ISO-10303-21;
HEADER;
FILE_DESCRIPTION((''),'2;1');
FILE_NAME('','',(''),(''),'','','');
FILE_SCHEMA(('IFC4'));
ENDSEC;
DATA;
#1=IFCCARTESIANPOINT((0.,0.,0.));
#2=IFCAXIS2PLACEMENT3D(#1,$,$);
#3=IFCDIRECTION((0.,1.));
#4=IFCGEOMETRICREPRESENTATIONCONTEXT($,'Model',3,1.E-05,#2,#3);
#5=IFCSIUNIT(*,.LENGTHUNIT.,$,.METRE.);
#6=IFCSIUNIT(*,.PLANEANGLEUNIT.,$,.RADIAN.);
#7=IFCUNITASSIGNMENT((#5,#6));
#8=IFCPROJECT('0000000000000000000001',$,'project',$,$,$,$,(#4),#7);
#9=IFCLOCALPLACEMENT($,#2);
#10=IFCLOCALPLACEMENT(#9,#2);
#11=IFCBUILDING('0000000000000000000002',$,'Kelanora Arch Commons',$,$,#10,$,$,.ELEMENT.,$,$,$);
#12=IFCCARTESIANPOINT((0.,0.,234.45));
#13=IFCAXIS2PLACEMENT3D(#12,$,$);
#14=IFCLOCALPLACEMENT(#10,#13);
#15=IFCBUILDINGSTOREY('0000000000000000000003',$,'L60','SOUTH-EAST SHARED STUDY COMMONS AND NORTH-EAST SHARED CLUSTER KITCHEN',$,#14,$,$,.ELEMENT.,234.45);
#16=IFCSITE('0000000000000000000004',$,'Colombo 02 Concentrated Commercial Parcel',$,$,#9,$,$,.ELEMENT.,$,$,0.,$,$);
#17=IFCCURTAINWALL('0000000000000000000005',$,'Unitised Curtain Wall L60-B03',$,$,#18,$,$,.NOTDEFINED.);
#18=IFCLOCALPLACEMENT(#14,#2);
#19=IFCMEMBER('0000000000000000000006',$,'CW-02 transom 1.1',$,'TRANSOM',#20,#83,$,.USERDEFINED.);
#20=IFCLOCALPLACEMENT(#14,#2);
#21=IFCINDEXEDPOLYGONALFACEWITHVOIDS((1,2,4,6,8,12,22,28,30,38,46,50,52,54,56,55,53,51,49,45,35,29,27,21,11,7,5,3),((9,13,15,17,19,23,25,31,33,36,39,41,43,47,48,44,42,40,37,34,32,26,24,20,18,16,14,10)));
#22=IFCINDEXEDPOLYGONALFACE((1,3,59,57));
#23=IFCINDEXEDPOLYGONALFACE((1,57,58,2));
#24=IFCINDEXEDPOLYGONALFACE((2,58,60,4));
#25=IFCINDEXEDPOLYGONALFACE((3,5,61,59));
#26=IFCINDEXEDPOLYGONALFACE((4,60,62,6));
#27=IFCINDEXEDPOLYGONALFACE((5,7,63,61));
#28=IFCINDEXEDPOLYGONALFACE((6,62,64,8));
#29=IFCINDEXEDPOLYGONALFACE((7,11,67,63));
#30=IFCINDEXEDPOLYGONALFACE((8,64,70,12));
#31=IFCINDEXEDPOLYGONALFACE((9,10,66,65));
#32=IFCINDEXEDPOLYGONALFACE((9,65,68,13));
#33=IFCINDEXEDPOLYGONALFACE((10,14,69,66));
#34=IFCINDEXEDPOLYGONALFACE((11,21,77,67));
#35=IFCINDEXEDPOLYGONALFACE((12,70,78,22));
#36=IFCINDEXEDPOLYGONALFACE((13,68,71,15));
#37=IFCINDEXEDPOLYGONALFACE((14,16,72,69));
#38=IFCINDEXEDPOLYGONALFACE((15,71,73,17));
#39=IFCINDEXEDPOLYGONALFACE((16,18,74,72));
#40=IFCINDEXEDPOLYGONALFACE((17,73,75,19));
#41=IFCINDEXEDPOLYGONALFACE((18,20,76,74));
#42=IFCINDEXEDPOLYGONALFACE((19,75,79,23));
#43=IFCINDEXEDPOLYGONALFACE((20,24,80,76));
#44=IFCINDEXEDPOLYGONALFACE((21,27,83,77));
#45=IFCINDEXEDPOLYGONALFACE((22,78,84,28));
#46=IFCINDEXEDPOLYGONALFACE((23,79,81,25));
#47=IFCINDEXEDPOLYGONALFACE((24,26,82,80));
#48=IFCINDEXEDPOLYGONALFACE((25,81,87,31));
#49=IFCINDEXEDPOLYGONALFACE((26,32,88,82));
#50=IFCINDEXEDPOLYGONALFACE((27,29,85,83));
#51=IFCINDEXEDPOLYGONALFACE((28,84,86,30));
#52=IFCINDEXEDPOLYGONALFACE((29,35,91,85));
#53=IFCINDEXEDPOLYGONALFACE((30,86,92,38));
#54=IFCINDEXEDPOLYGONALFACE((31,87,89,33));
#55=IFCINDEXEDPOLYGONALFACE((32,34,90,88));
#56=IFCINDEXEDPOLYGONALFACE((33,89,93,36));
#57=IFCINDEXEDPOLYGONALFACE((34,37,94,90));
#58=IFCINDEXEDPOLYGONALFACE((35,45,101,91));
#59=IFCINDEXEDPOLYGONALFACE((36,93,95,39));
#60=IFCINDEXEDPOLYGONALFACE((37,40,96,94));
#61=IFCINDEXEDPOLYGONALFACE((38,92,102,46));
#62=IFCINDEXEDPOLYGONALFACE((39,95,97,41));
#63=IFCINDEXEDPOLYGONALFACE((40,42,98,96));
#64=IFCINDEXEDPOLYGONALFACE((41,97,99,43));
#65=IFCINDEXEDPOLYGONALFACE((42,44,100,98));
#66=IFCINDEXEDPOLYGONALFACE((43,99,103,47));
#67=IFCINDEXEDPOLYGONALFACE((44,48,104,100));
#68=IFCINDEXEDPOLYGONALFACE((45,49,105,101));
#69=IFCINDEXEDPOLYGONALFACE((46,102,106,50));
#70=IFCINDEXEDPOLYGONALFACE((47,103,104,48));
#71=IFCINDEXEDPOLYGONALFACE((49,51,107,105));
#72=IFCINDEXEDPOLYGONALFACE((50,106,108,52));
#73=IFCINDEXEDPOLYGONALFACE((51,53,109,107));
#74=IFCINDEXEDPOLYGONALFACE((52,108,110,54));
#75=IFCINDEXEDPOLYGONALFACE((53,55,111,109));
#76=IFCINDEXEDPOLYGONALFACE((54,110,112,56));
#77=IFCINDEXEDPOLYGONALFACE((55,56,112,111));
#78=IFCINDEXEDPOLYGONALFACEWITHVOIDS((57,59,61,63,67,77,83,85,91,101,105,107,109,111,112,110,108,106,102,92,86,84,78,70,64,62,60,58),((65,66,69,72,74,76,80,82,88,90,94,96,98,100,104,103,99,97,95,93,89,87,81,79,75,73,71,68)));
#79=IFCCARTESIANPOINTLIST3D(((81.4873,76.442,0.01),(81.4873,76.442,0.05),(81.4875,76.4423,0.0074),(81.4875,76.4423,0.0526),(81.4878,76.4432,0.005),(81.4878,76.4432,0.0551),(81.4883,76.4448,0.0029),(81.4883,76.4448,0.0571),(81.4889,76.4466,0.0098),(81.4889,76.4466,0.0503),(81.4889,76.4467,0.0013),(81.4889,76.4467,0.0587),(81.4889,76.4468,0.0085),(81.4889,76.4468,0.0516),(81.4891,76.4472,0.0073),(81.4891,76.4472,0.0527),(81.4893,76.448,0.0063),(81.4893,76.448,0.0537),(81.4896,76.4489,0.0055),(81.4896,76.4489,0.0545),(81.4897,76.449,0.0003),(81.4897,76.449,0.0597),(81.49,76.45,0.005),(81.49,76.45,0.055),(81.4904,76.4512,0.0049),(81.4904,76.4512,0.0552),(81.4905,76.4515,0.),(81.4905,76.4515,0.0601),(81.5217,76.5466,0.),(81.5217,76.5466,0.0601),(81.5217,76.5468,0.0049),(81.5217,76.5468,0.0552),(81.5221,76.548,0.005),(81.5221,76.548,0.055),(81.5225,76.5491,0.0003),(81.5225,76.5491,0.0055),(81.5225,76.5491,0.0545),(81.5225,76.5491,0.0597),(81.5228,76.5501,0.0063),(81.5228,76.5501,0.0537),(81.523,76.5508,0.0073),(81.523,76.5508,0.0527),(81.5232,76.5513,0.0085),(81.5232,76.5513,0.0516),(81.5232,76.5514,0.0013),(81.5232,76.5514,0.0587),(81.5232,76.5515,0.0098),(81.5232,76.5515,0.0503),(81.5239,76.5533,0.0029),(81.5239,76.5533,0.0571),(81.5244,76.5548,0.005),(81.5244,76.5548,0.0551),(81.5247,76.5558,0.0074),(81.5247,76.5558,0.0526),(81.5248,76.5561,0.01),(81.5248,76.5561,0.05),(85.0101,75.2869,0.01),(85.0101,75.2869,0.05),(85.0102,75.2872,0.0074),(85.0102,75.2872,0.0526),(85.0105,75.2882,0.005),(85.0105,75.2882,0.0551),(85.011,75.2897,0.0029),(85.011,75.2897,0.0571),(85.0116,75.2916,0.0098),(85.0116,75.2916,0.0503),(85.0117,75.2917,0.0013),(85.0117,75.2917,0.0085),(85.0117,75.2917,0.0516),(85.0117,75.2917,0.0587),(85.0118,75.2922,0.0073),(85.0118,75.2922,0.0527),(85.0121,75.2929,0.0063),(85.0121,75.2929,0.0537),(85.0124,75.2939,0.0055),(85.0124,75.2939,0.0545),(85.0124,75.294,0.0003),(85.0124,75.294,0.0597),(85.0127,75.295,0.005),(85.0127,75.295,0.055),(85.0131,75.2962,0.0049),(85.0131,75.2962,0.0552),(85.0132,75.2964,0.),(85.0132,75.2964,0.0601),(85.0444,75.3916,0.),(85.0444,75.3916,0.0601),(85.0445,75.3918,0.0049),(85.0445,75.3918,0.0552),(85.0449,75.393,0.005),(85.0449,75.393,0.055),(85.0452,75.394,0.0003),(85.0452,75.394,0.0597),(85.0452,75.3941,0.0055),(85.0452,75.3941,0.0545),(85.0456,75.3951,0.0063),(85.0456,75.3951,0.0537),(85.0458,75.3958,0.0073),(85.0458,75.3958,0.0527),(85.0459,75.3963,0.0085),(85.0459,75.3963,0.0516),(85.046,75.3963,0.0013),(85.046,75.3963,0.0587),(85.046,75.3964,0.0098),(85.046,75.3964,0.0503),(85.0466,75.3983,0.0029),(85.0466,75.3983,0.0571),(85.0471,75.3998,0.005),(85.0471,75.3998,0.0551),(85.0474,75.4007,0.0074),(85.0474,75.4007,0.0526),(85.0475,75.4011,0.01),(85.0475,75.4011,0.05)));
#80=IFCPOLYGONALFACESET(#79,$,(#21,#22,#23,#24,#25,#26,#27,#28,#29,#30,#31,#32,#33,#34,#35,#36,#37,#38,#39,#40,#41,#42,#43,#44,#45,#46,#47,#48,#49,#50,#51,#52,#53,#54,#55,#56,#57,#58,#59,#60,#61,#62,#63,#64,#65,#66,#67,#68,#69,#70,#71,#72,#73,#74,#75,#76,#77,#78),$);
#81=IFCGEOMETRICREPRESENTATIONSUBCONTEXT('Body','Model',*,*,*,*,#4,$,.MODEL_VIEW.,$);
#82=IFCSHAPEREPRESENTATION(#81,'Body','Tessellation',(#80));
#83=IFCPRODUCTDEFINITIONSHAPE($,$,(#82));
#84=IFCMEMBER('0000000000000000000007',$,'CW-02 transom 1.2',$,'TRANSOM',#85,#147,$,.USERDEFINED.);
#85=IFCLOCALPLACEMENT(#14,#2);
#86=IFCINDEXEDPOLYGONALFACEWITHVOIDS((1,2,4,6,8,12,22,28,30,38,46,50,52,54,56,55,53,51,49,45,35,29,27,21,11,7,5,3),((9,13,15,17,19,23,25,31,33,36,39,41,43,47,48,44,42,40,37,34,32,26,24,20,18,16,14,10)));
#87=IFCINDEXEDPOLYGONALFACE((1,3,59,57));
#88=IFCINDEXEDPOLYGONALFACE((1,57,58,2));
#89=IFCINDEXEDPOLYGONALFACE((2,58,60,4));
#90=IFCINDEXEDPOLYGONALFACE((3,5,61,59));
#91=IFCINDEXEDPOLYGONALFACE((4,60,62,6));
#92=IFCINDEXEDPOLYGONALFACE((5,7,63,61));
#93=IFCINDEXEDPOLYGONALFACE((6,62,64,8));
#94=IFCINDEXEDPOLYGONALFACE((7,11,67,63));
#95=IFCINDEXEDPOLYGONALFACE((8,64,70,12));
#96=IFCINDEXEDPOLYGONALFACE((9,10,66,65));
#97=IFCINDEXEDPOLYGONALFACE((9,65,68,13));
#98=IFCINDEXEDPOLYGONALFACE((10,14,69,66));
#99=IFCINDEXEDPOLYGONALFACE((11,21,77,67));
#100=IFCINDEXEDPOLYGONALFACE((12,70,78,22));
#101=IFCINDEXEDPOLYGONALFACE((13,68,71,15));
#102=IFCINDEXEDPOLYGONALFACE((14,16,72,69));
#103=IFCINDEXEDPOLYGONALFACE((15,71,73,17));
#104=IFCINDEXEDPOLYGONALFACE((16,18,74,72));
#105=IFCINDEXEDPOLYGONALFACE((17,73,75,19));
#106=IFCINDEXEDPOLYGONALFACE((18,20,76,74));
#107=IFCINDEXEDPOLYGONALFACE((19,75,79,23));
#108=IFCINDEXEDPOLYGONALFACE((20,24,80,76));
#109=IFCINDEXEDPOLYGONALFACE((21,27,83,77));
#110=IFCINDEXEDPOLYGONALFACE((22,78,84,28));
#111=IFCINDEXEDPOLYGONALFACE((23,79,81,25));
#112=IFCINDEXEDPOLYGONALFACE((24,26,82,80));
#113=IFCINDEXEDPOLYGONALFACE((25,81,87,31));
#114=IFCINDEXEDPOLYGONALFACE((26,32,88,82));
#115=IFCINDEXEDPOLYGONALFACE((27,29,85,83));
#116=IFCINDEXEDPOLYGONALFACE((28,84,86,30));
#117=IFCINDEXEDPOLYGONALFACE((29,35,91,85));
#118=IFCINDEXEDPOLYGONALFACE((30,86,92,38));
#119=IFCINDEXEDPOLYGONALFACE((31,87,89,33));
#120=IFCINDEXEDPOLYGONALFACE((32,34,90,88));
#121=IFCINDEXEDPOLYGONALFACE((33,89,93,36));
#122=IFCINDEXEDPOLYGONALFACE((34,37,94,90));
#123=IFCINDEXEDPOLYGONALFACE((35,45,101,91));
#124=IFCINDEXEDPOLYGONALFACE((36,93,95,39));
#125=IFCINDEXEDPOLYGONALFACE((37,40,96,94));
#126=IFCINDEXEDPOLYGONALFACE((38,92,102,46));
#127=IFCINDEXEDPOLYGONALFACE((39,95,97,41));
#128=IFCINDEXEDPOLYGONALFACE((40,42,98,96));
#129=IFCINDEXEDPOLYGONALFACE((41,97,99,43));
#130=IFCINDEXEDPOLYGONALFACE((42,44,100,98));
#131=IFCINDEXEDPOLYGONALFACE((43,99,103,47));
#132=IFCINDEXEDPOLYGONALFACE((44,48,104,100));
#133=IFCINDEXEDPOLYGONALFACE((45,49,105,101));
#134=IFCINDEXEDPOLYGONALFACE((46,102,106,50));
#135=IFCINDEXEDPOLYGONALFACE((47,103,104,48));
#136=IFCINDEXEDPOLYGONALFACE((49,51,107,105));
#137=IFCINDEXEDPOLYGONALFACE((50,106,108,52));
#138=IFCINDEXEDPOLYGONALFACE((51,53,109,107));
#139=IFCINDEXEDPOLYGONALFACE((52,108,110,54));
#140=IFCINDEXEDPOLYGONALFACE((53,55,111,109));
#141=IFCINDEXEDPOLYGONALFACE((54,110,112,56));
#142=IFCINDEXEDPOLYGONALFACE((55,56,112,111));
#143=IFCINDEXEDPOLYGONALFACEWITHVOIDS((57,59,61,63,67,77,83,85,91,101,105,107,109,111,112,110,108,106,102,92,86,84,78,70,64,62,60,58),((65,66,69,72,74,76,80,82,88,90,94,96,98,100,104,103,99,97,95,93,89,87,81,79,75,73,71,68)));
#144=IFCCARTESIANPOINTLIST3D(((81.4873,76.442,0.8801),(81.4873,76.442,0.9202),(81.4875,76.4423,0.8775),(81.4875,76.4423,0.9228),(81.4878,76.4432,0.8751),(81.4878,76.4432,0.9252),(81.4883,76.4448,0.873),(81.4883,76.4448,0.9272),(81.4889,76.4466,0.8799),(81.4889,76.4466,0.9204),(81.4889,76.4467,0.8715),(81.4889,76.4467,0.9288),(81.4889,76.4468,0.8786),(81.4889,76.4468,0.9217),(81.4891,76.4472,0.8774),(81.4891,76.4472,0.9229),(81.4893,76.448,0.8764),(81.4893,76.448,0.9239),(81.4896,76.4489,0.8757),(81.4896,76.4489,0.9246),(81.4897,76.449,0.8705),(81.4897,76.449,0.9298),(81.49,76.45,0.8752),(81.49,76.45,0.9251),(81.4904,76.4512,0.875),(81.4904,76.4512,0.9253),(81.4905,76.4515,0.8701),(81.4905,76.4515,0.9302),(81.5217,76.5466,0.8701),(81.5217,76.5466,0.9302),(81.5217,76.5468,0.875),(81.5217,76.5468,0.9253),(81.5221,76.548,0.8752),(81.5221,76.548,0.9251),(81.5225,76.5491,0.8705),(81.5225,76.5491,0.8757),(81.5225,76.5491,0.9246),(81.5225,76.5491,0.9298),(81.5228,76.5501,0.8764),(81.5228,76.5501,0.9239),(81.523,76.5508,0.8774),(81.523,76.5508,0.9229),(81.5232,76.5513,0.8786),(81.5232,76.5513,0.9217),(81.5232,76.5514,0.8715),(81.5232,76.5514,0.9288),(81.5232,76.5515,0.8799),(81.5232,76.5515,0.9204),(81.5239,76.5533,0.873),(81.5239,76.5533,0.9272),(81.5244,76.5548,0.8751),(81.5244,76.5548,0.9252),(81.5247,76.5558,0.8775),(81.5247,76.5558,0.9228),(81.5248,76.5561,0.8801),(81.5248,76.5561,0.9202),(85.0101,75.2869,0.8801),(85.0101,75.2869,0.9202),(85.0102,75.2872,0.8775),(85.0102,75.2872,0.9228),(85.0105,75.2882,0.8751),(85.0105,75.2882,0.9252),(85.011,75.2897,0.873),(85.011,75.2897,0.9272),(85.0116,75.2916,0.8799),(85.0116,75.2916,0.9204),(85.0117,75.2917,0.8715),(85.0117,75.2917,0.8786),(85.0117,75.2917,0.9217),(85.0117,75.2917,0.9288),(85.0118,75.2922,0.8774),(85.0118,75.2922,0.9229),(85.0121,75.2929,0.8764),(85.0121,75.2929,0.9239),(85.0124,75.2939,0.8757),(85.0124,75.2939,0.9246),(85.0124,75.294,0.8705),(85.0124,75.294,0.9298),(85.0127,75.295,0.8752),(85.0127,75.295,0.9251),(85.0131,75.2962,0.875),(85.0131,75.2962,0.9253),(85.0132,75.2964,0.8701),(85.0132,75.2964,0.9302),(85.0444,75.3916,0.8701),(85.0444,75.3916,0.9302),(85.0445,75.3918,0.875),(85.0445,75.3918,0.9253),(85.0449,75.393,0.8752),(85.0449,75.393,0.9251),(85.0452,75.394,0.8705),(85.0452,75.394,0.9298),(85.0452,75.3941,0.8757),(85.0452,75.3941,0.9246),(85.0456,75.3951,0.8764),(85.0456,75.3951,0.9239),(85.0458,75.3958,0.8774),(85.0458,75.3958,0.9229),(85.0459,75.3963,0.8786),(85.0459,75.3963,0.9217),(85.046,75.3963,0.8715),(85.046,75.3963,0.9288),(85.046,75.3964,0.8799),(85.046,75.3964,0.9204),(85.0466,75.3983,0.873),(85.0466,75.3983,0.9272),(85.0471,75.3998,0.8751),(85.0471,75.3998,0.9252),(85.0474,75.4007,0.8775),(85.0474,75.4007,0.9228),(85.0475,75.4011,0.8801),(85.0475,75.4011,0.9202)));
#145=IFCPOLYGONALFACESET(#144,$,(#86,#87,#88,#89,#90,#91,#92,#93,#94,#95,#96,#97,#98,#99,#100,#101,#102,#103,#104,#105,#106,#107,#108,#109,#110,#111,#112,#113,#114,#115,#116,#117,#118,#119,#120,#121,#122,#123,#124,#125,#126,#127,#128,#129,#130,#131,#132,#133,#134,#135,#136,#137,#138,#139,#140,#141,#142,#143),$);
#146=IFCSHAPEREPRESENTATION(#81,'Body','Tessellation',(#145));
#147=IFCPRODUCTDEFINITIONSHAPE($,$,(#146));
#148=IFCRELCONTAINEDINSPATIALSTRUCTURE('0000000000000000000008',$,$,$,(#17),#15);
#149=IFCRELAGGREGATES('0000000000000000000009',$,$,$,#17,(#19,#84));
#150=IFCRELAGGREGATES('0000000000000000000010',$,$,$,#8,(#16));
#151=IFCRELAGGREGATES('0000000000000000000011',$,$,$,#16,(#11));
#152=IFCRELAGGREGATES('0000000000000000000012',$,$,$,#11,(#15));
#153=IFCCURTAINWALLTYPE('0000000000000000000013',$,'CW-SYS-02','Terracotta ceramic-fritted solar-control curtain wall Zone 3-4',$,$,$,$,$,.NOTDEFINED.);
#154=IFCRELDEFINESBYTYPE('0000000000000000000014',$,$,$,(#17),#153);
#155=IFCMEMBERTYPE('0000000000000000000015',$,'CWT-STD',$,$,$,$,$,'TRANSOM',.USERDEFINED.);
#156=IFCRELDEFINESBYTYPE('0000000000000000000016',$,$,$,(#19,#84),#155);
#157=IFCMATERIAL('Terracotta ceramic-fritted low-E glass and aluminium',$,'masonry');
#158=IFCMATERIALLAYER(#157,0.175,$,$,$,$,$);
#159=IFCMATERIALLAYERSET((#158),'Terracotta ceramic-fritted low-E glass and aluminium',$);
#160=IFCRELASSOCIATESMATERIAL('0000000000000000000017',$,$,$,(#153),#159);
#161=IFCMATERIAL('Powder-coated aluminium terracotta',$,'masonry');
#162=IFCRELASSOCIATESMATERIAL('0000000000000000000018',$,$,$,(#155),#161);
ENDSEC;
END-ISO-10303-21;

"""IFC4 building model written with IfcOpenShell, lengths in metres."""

from ifc_helpers import new_model, si_unit, direction, frame, origin, origin_2d, place, context, subcontext, project, spatial, hollow_rectangle, extrude, material, layer, layer_set, material_profile, profile_set, type_object, element, aggregate, save


model = new_model("IFC4")

# Units and contexts
model_context = context("Model", 3, precision=1e-05, world=origin(), true_north=direction((0.0, 1.0)))
body_context = subcontext(model_context, "Body", "Model", "MODEL_VIEW")
ifc_project = project(units=[si_unit("LENGTHUNIT", "METRE"), si_unit("PLANEANGLEUNIT", "RADIAN")], contexts=[model_context])

# Site, building, storey
site_placement = place(None, origin())
site = spatial("IfcSite", under=ifc_project, at=site_placement, Name="Colombo 02 Concentrated Commercial Parcel", CompositionType="ELEMENT", RefElevation=0.0)
building_placement = place(site_placement, origin())
building = spatial("IfcBuilding", under=site, at=building_placement, Name="Kelanora Arch Commons", CompositionType="ELEMENT")
storey_placement = place(building_placement, frame((0.0, 0.0, 234.45)))
storey = spatial("IfcBuildingStorey", under=building, at=storey_placement, Name="L60", Description="SOUTH-EAST SHARED STUDY COMMONS AND NORTH-EAST SHARED CLUSTER KITCHEN", CompositionType="ELEMENT", Elevation=234.45)

# Shared definitions
ifc_material_1 = material(Name="Terracotta ceramic-fritted low-E glass and aluminium", Category="masonry")
ifc_layer_1 = layer(ifc_material_1, 0.175)
ifc_layer_set_1 = layer_set([ifc_layer_1], Name="Terracotta ceramic-fritted low-E glass and aluminium")
curtain_wall_type = type_object("IfcCurtainWallType", Name="CW-SYS-02", Description="Terracotta ceramic-fritted solar-control curtain wall Zone 3-4", PredefinedType="NOTDEFINED", material=ifc_layer_set_1)
ifc_material_2 = material(Name="Powder-coated aluminium terracotta", Category="masonry")

# Curtain wall, members
curtain_wall_1_placement = place(storey_placement, origin())
curtain_wall_1 = element("IfcCurtainWall", 1, at=curtain_wall_1_placement, inside=storey, type_object=curtain_wall_type, Name="Unitised Curtain Wall L60-B03", PredefinedType="NOTDEFINED")
ifc_material_profile_1 = material_profile(ifc_material_2, hollow_rectangle(XDim=0.1201, YDim=0.0601, WallThickness=0.0049, InnerFilletRadius=0.0049, OuterFilletRadius=0.01, at=origin_2d()), Name="CWT120x60")
ifc_profile_set_1 = profile_set([ifc_material_profile_1], Name="Powder-coated aluminium terracotta")
member_type_1 = type_object("IfcMemberType", Name="CWT-STD", ElementType="TRANSOM", PredefinedType="USERDEFINED", material=ifc_profile_set_1)
member_1_placement = place(storey_placement, frame((85.0288, 75.344, 0.03), z_axis=(-0.950226, 0.311561, 0.0), x_axis=(-0.311561, -0.950226, 0.0)))
member_1 = element("IfcMember", 2, at=member_1_placement, type_object=member_type_1, Name="CW-02 transom 1.1", ObjectType="TRANSOM", PredefinedType="USERDEFINED", context=body_context, shape_type="SweptSolid", body=[
    extrude(hollow_rectangle(XDim=0.1201, YDim=0.0601, WallThickness=0.0049, InnerFilletRadius=0.0049, OuterFilletRadius=0.01, at=origin_2d()), origin(), (0.0, 0.0, 1.0), 3.7073),
])
member_2_placement = place(storey_placement, frame((85.0288, 75.344, 0.9001), z_axis=(-0.950226, 0.311561, 0.0), x_axis=(-0.311561, -0.950226, 0.0)))
member_2 = element("IfcMember", 3, at=member_2_placement, type_object=member_type_1, Name="CW-02 transom 1.2", ObjectType="TRANSOM", PredefinedType="USERDEFINED", context=body_context, shape_type="SweptSolid", body=[
    extrude(hollow_rectangle(XDim=0.1201, YDim=0.0601, WallThickness=0.0049, InnerFilletRadius=0.0049, OuterFilletRadius=0.01, at=origin_2d()), origin(), (0.0, 0.0, 1.0), 3.7073),
])
aggregate(curtain_wall_1, [member_1, member_2])

save(model, "model.ifc")
